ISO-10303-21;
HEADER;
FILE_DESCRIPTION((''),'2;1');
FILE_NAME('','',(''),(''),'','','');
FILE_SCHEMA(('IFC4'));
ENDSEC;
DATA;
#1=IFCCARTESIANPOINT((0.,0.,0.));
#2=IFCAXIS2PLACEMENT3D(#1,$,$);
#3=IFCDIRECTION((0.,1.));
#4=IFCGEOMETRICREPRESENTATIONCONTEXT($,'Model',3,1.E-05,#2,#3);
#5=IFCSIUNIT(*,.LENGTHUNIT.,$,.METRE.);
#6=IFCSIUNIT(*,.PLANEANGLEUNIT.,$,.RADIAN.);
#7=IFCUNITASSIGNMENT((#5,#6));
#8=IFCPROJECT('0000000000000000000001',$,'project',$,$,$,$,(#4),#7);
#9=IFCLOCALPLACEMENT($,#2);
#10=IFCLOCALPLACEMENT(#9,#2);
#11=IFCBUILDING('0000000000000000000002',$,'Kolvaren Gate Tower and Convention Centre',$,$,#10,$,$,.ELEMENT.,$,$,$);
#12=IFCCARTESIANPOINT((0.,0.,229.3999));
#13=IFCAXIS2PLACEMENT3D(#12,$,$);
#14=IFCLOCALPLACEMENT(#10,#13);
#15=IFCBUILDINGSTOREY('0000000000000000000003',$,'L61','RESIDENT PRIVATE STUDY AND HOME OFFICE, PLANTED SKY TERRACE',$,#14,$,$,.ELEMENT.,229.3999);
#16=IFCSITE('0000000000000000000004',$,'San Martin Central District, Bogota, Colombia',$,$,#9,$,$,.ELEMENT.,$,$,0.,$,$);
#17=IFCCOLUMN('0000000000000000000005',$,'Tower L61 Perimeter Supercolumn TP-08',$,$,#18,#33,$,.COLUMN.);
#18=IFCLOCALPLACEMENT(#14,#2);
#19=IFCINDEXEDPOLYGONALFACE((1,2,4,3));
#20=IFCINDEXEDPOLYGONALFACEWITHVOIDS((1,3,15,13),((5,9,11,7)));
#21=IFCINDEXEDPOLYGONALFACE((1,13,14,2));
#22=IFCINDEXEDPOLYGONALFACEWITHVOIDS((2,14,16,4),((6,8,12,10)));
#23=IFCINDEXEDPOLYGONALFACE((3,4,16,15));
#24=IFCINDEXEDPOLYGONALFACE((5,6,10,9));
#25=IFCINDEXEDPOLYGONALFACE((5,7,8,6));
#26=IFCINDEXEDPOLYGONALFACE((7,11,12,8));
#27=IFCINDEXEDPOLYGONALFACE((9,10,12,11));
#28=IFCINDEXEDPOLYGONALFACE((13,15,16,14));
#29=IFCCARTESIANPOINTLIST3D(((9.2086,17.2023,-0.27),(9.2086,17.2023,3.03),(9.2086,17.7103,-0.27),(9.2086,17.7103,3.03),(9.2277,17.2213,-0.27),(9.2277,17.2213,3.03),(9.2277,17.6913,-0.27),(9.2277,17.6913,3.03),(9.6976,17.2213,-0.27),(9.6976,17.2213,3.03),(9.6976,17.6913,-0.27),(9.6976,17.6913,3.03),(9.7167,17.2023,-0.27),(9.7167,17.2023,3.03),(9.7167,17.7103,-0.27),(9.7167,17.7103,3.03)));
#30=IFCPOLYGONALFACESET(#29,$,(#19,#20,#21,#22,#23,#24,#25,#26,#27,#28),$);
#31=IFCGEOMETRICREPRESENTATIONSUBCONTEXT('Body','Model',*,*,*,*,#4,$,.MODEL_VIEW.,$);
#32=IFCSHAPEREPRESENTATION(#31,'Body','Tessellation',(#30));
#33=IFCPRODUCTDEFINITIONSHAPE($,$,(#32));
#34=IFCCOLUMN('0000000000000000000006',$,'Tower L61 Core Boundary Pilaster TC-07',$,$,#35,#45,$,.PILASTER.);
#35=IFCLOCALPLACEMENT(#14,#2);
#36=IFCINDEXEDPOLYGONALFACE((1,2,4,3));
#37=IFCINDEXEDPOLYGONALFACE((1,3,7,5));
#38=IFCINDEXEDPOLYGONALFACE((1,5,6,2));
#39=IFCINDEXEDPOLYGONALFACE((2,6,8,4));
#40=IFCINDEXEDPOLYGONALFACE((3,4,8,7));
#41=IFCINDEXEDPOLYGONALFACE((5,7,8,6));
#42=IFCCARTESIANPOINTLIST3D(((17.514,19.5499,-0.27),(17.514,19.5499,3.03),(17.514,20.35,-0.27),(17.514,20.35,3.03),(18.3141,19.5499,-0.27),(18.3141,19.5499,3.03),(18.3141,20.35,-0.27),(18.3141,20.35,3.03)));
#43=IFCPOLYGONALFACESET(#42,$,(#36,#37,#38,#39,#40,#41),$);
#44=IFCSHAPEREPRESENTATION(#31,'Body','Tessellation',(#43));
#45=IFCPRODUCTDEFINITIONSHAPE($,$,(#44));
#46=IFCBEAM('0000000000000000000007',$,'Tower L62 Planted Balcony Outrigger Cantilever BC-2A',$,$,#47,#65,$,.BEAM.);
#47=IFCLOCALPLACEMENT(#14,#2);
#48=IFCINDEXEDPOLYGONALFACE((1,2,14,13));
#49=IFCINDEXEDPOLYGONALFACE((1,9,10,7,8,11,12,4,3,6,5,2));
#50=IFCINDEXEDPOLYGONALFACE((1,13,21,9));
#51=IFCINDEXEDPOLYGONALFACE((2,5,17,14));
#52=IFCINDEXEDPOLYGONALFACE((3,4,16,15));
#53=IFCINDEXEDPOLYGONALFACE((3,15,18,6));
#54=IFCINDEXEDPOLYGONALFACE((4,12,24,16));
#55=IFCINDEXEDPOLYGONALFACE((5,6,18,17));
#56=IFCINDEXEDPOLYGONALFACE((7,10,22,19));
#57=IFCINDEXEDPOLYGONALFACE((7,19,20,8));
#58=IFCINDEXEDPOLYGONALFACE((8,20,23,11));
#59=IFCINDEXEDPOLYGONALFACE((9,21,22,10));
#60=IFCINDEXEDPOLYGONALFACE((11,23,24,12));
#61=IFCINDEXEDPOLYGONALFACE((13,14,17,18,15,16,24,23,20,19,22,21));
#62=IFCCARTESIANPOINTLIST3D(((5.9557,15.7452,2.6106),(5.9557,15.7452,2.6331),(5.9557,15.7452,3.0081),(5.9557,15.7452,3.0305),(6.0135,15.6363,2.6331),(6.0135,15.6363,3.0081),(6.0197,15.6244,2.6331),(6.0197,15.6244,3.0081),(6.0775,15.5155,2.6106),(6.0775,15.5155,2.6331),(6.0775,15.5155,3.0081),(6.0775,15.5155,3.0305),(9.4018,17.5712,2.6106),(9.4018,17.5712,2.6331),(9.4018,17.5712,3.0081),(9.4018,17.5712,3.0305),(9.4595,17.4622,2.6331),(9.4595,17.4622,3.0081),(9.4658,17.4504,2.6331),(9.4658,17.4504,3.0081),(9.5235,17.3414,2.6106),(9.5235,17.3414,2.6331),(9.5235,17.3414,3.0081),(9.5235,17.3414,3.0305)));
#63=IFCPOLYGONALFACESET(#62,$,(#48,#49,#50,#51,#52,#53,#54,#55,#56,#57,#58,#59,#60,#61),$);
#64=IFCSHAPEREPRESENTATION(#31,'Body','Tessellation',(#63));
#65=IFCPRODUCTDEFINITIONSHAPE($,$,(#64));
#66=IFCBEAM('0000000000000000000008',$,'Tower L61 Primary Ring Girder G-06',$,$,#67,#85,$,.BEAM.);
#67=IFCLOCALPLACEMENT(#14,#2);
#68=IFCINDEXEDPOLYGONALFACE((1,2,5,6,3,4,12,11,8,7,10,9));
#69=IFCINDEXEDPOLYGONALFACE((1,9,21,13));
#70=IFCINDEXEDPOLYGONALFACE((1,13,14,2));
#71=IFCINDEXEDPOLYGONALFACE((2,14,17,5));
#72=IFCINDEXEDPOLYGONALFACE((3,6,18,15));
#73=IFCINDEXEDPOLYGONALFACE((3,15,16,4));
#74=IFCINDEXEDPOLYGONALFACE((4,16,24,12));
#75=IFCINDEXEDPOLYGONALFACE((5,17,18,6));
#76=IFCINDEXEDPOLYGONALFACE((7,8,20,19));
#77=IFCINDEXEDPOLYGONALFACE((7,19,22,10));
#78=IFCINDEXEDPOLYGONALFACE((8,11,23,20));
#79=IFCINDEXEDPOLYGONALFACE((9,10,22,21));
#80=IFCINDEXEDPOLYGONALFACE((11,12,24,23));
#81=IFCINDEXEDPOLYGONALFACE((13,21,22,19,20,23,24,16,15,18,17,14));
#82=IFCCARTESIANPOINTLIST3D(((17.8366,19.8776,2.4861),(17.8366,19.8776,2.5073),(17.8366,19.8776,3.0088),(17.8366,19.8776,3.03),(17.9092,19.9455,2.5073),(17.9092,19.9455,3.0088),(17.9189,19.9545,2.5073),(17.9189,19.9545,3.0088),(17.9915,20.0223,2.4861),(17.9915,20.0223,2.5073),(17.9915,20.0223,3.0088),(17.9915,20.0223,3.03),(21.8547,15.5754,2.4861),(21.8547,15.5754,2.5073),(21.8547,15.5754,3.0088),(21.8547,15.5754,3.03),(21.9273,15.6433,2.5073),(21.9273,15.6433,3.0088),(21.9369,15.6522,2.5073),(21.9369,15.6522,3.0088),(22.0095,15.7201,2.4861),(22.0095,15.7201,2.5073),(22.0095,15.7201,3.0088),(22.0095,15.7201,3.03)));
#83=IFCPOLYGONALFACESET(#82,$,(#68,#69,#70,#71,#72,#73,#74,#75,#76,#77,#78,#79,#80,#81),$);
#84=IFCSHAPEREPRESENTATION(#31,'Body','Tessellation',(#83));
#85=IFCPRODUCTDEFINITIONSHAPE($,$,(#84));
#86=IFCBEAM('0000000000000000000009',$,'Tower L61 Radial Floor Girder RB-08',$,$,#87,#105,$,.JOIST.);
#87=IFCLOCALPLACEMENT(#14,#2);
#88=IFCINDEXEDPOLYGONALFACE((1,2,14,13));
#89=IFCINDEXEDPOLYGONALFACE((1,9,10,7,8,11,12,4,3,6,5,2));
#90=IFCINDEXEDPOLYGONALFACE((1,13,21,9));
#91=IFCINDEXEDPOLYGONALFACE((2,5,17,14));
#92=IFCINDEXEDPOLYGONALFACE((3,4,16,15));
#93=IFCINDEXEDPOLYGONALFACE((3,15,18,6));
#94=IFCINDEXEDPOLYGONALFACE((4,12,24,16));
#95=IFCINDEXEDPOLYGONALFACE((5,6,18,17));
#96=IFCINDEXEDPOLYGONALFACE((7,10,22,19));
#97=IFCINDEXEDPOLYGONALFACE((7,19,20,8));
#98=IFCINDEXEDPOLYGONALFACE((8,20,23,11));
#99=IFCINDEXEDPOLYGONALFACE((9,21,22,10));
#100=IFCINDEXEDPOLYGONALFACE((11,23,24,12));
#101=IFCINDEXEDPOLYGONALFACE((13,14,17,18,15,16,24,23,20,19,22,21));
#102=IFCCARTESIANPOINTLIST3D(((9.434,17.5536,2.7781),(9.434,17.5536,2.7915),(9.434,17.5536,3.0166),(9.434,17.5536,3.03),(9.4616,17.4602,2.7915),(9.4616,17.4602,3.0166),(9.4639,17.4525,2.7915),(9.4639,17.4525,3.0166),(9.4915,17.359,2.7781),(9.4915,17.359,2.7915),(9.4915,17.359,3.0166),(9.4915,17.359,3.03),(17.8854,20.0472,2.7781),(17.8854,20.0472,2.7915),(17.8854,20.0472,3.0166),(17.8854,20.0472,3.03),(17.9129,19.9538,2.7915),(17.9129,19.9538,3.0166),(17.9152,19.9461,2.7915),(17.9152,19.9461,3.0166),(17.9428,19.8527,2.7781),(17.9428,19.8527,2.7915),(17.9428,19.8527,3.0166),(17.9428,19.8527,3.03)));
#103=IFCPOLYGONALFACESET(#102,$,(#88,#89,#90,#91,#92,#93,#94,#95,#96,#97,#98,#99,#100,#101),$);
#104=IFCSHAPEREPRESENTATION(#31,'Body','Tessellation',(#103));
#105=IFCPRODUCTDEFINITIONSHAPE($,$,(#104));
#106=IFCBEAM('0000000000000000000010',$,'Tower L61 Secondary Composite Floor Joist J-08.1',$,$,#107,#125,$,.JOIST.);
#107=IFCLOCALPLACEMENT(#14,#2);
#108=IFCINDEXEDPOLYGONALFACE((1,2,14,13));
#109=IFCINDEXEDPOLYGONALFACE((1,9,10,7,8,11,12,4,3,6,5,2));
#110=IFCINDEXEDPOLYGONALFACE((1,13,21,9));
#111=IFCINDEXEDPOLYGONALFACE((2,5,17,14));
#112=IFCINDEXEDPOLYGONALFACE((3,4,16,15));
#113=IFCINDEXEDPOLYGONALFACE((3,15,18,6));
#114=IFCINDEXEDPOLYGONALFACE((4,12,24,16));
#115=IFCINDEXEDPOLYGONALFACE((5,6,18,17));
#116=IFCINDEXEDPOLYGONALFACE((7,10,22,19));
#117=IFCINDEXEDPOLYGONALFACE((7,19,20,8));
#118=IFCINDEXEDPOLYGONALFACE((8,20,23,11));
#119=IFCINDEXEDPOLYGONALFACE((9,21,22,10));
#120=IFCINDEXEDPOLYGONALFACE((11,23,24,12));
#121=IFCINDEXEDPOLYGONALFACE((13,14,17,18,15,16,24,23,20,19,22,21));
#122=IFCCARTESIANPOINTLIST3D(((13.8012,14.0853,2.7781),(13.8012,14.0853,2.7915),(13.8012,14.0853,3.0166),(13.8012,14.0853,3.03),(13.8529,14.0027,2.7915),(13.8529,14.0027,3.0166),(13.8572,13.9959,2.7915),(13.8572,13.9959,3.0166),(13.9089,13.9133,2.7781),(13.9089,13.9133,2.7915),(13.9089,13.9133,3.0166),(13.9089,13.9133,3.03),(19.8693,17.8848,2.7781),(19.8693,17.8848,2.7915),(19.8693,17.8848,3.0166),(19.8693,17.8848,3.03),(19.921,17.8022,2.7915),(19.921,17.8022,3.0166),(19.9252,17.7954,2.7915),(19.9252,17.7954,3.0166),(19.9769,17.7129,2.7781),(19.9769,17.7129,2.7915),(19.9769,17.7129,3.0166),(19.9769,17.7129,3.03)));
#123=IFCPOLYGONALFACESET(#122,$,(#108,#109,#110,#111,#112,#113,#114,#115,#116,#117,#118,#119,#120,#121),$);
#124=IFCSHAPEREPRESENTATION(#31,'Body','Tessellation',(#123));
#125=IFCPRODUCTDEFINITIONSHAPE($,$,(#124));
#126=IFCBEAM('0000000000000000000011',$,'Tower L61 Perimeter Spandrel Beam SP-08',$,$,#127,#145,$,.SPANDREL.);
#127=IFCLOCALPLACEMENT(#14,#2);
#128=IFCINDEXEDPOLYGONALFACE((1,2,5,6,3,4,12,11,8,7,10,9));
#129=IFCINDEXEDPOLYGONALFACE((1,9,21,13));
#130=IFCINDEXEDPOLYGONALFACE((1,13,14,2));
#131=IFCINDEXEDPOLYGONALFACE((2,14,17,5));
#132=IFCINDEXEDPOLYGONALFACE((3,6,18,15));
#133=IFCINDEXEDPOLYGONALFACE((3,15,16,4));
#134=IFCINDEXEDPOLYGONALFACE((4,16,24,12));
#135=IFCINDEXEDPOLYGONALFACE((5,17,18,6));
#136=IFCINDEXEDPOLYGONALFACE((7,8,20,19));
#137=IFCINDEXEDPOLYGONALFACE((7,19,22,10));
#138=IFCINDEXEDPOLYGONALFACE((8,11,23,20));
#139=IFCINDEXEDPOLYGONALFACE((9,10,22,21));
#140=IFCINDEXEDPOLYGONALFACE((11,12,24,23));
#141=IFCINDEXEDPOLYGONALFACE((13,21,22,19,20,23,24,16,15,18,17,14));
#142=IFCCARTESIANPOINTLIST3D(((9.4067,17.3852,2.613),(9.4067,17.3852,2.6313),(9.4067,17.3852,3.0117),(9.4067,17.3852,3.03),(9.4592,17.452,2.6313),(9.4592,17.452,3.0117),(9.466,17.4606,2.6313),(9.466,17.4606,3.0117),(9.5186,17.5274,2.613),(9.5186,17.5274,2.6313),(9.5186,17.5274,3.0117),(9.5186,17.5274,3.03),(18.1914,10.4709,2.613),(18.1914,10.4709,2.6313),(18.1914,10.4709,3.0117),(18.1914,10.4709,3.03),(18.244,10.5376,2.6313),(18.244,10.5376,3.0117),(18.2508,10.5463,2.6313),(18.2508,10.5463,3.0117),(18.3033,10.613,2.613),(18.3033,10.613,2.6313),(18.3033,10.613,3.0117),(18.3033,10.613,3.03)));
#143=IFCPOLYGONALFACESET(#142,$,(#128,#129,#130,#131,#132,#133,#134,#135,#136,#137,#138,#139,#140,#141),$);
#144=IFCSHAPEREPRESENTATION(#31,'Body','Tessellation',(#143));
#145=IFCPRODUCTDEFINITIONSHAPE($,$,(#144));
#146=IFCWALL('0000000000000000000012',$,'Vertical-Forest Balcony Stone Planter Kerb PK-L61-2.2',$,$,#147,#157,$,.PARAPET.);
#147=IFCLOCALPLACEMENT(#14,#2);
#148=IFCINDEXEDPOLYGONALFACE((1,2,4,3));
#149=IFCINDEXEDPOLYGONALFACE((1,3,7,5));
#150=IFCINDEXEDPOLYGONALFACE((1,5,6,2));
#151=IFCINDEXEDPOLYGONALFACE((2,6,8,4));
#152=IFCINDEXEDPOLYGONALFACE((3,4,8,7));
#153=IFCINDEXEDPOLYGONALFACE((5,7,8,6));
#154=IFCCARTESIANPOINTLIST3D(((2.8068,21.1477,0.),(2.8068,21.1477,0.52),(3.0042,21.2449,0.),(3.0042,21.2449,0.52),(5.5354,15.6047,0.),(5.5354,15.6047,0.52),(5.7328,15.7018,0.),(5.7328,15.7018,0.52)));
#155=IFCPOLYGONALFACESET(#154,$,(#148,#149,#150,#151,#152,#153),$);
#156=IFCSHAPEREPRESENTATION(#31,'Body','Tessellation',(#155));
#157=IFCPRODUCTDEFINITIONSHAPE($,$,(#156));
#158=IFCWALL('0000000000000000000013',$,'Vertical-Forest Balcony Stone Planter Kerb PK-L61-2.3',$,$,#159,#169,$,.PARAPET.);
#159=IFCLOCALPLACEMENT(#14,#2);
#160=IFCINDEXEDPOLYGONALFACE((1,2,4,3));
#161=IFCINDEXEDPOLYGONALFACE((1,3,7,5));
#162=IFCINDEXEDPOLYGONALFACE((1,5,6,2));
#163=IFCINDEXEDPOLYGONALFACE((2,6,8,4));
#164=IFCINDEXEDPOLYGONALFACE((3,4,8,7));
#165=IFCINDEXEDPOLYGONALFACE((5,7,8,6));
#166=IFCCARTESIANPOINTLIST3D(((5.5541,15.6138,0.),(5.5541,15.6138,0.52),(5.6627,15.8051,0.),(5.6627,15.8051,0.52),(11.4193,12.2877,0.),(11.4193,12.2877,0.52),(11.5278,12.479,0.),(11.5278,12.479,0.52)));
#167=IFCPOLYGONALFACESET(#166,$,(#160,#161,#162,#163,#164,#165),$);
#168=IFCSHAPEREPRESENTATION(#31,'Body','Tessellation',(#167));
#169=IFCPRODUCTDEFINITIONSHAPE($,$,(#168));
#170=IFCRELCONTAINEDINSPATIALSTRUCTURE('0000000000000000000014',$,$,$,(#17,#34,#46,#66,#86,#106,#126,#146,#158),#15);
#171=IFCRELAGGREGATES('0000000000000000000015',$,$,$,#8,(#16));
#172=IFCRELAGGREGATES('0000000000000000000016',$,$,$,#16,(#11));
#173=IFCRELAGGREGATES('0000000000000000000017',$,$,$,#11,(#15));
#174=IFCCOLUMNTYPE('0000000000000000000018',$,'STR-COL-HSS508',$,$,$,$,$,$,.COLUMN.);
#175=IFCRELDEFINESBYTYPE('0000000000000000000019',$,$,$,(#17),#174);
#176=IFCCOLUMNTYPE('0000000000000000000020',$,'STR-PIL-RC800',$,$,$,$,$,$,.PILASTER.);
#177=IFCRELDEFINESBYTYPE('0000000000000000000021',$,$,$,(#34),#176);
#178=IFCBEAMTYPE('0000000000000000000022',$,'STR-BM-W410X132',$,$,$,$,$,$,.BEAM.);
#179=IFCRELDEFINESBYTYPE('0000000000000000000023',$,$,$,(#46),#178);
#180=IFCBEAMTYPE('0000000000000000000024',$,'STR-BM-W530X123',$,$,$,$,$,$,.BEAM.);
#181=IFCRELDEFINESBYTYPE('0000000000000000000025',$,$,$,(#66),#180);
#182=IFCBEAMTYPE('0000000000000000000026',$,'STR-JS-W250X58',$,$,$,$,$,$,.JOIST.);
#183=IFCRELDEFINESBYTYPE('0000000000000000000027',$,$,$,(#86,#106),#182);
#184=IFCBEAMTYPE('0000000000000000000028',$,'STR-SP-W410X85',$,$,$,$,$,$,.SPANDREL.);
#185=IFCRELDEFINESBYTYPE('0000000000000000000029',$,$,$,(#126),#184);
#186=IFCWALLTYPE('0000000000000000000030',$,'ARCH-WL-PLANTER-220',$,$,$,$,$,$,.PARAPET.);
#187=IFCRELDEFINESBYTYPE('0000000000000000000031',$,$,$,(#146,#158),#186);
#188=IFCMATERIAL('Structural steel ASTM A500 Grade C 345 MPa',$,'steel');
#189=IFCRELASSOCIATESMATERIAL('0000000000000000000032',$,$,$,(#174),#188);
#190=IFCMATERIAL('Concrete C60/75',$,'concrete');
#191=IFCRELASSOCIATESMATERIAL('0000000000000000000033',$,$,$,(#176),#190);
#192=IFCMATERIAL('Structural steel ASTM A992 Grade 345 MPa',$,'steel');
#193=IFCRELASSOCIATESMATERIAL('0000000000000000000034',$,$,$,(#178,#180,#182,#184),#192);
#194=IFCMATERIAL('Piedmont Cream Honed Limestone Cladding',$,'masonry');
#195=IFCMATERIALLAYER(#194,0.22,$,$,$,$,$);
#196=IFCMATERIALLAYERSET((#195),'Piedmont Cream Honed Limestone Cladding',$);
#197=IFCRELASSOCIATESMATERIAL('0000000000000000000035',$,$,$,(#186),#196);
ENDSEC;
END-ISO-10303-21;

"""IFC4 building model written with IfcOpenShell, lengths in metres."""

from ifc_helpers import new_model, si_unit, direction, frame, frame_2d, origin, origin_2d, place, context, subcontext, project, spatial, rectangle, hollow_rectangle, i_section, extrude, material, layer, layer_set, material_profile, profile_set, type_object, element, save


model = new_model("IFC4")

# Units and contexts
model_context = context("Model", 3, precision=1e-05, world=origin(), true_north=direction((0.0, 1.0)))
body_context = subcontext(model_context, "Body", "Model", "MODEL_VIEW")
ifc_project = project(units=[si_unit("LENGTHUNIT", "METRE"), si_unit("PLANEANGLEUNIT", "RADIAN")], contexts=[model_context])

# Site, building, storey
site_placement = place(None, origin())
site = spatial("IfcSite", under=ifc_project, at=site_placement, Name="San Martin Central District, Bogota, Colombia", CompositionType="ELEMENT", RefElevation=0.0)
building_placement = place(site_placement, origin())
building = spatial("IfcBuilding", under=site, at=building_placement, Name="Kolvaren Gate Tower and Convention Centre", CompositionType="ELEMENT")
storey_placement = place(building_placement, frame((0.0, 0.0, 229.3999)))
storey = spatial("IfcBuildingStorey", under=building, at=storey_placement, Name="L61", Description="RESIDENT PRIVATE STUDY AND HOME OFFICE, PLANTED SKY TERRACE", CompositionType="ELEMENT", Elevation=229.3999)

# Columns
ifc_material_1 = material(Name="Structural steel ASTM A500 Grade C 345 MPa", Category="steel")
ifc_material_profile_1 = material_profile(ifc_material_1, hollow_rectangle(XDim=0.5081, YDim=0.5081, WallThickness=0.019, at=origin_2d()), Name="HSS508X508X19.1")
ifc_profile_set_1 = profile_set([ifc_material_profile_1], Name="Structural steel ASTM A500 Grade C 345 MPa")
column_type_1 = type_object("IfcColumnType", Name="STR-COL-HSS508", PredefinedType="COLUMN", material=ifc_profile_set_1)
column_1_placement = place(storey_placement, frame((9.4626, 17.4563, -0.27), z_axis=(0.0, 0.0, 1.0), x_axis=(1.0, 0.0, 0.0)))
element("IfcColumn", 1, at=column_1_placement, inside=storey, type_object=column_type_1, Name="Tower L61 Perimeter Supercolumn TP-08", PredefinedType="COLUMN", context=body_context, shape_type="SweptSolid", body=[
    extrude(hollow_rectangle(XDim=0.5081, YDim=0.5081, WallThickness=0.019, at=origin_2d()), origin(), (0.0, 0.0, 1.0), 3.3),
])
ifc_material_2 = material(Name="Concrete C60/75", Category="concrete")
ifc_material_profile_2 = material_profile(ifc_material_2, rectangle(XDim=0.8, YDim=0.8, at=origin_2d()), Name="RC-COL-800X800")
ifc_profile_set_2 = profile_set([ifc_material_profile_2], Name="Concrete C60/75")
column_type_2 = type_object("IfcColumnType", Name="STR-PIL-RC800", PredefinedType="PILASTER", material=ifc_profile_set_2)
column_2_placement = place(storey_placement, frame((17.9141, 19.95, -0.27), z_axis=(0.0, 0.0, 1.0), x_axis=(1.0, 0.0, 0.0)))
element("IfcColumn", 2, at=column_2_placement, inside=storey, type_object=column_type_2, Name="Tower L61 Core Boundary Pilaster TC-07", PredefinedType="PILASTER", context=body_context, shape_type="SweptSolid", body=[
    extrude(rectangle(XDim=0.8, YDim=0.8, at=origin_2d()), origin(), (0.0, 0.0, 1.0), 3.3),
])

# Beams
ifc_material_3 = material(Name="Structural steel ASTM A992 Grade 345 MPa", Category="steel")
ifc_material_profile_3 = material_profile(ifc_material_3, i_section(OverallWidth=0.26, OverallDepth=0.4199, WebThickness=0.0134, FlangeThickness=0.0225, at=origin_2d()), Name="W410X132")
ifc_profile_set_3 = profile_set([ifc_material_profile_3], Name="Structural steel ASTM A992 Grade 345 MPa")
beam_type_1 = type_object("IfcBeamType", Name="STR-BM-W410X132", PredefinedType="BEAM", material=ifc_profile_set_3)
beam_1_placement = place(storey_placement, frame((9.4626, 17.4563, 2.8206), z_axis=(-0.883623, -0.468198, 0.0), x_axis=(0.468198, -0.883623, 0.0)))
element("IfcBeam", 3, at=beam_1_placement, inside=storey, type_object=beam_type_1, Name="Tower L62 Planted Balcony Outrigger Cantilever BC-2A", PredefinedType="BEAM", context=body_context, shape_type="SweptSolid", body=[
    extrude(i_section(OverallWidth=0.26, OverallDepth=0.4199, WebThickness=0.0134, FlangeThickness=0.0225, at=origin_2d()), origin(), (0.0, 0.0, 1.0), 3.8999),
])
ifc_material_profile_4 = material_profile(ifc_material_3, i_section(OverallWidth=0.2119, OverallDepth=0.5439, WebThickness=0.0132, FlangeThickness=0.0212, at=origin_2d()), Name="W530X123")
ifc_profile_set_4 = profile_set([ifc_material_profile_4], Name="Structural steel ASTM A992 Grade 345 MPa")
beam_type_2 = type_object("IfcBeamType", Name="STR-BM-W530X123", PredefinedType="BEAM", material=ifc_profile_set_4)
beam_2_placement = place(storey_placement, frame((17.9141, 19.95, 2.7581), z_axis=(0.682558, -0.730832, 0.0), x_axis=(0.730832, 0.682558, 0.0)))
element("IfcBeam", 4, at=beam_2_placement, inside=storey, type_object=beam_type_2, Name="Tower L61 Primary Ring Girder G-06", PredefinedType="BEAM", context=body_context, shape_type="SweptSolid", body=[
    extrude(i_section(OverallWidth=0.2119, OverallDepth=0.5439, WebThickness=0.0132, FlangeThickness=0.0212, at=origin_2d()), origin(), (0.0, 0.0, 1.0), 5.8867),
])
ifc_material_profile_5 = material_profile(ifc_material_3, i_section(OverallWidth=0.2029, OverallDepth=0.252, WebThickness=0.0081, FlangeThickness=0.0134, at=origin_2d()), Name="W250X58")
ifc_profile_set_5 = profile_set([ifc_material_profile_5], Name="Structural steel ASTM A992 Grade 345 MPa")
beam_type_3 = type_object("IfcBeamType", Name="STR-JS-W250X58", PredefinedType="JOIST", material=ifc_profile_set_5)
beam_3_placement = place(storey_placement, frame((17.9141, 19.95, 2.9041), z_axis=(-0.959121, -0.282996, 0.0), x_axis=(0.282996, -0.959121, 0.0)))
element("IfcBeam", 5, at=beam_3_placement, inside=storey, type_object=beam_type_3, Name="Tower L61 Radial Floor Girder RB-08", PredefinedType="JOIST", context=body_context, shape_type="SweptSolid", body=[
    extrude(i_section(OverallWidth=0.2029, OverallDepth=0.252, WebThickness=0.0081, FlangeThickness=0.0134, at=origin_2d()), origin(), (0.0, 0.0, 1.0), 8.8115),
])
beam_4_placement = place(storey_placement, frame((19.9231, 17.7988, 2.9041), z_axis=(-0.847559, -0.530701, 0.0), x_axis=(0.530701, -0.847559, 0.0)))
element("IfcBeam", 6, at=beam_4_placement, inside=storey, type_object=beam_type_3, Name="Tower L61 Secondary Composite Floor Joist J-08.1", PredefinedType="JOIST", context=body_context, shape_type="SweptSolid", body=[
    extrude(i_section(OverallWidth=0.2029, OverallDepth=0.252, WebThickness=0.0081, FlangeThickness=0.0134, at=origin_2d()), origin(), (0.0, 0.0, 1.0), 7.1594),
])
ifc_material_profile_6 = material_profile(ifc_material_3, i_section(OverallWidth=0.1809, OverallDepth=0.417, WebThickness=0.011, FlangeThickness=0.0183, at=origin_2d()), Name="W410X85")
ifc_profile_set_6 = profile_set([ifc_material_profile_6], Name="Structural steel ASTM A992 Grade 345 MPa")
beam_type_4 = type_object("IfcBeamType", Name="STR-SP-W410X85", PredefinedType="SPANDREL", material=ifc_profile_set_6)
beam_5_placement = place(storey_placement, frame((9.4626, 17.4563, 2.8215), z_axis=(0.785794, -0.618489, 0.0), x_axis=(0.618489, 0.785794, 0.0)))
element("IfcBeam", 7, at=beam_5_placement, inside=storey, type_object=beam_type_4, Name="Tower L61 Perimeter Spandrel Beam SP-08", PredefinedType="SPANDREL", context=body_context, shape_type="SweptSolid", body=[
    extrude(i_section(OverallWidth=0.1809, OverallDepth=0.417, WebThickness=0.011, FlangeThickness=0.0183, at=origin_2d()), origin(), (0.0, 0.0, 1.0), 11.1794),
])

# Walls
ifc_material_4 = material(Name="Piedmont Cream Honed Limestone Cladding", Category="masonry")
ifc_layer_1 = layer(ifc_material_4, 0.22)
ifc_layer_set_1 = layer_set([ifc_layer_1], Name="Piedmont Cream Honed Limestone Cladding")
wall_type_1 = type_object("IfcWallType", Name="ARCH-WL-PLANTER-220", PredefinedType="PARAPET", material=ifc_layer_set_1)
wall_1_placement = place(storey_placement, frame((2.9055, 21.1963, 0.0), z_axis=(0.0, 0.0, 1.0), x_axis=(0.441641, -0.897192, 0.0)))
element("IfcWall", 8, at=wall_1_placement, inside=storey, type_object=wall_type_1, Name="Vertical-Forest Balcony Stone Planter Kerb PK-L61-2.2", PredefinedType="PARAPET", context=body_context, shape_type="SweptSolid", body=[
    extrude(rectangle(XDim=6.1782, YDim=0.22, at=frame_2d((3.0891, 0.0))), origin(), (0.0, 0.0, 1.0), 0.52),
])
wall_2_placement = place(storey_placement, frame((5.6084, 15.7095, 0.0), z_axis=(0.0, 0.0, 1.0), x_axis=(0.869861, -0.493298, 0.0)))
element("IfcWall", 9, at=wall_2_placement, inside=storey, type_object=wall_type_1, Name="Vertical-Forest Balcony Stone Planter Kerb PK-L61-2.3", PredefinedType="PARAPET", context=body_context, shape_type="SweptSolid", body=[
    extrude(rectangle(XDim=6.7427, YDim=0.22, at=frame_2d((3.3713, 0.0))), origin(), (0.0, 0.0, 1.0), 0.52),
])

save(model, "model.ifc")
